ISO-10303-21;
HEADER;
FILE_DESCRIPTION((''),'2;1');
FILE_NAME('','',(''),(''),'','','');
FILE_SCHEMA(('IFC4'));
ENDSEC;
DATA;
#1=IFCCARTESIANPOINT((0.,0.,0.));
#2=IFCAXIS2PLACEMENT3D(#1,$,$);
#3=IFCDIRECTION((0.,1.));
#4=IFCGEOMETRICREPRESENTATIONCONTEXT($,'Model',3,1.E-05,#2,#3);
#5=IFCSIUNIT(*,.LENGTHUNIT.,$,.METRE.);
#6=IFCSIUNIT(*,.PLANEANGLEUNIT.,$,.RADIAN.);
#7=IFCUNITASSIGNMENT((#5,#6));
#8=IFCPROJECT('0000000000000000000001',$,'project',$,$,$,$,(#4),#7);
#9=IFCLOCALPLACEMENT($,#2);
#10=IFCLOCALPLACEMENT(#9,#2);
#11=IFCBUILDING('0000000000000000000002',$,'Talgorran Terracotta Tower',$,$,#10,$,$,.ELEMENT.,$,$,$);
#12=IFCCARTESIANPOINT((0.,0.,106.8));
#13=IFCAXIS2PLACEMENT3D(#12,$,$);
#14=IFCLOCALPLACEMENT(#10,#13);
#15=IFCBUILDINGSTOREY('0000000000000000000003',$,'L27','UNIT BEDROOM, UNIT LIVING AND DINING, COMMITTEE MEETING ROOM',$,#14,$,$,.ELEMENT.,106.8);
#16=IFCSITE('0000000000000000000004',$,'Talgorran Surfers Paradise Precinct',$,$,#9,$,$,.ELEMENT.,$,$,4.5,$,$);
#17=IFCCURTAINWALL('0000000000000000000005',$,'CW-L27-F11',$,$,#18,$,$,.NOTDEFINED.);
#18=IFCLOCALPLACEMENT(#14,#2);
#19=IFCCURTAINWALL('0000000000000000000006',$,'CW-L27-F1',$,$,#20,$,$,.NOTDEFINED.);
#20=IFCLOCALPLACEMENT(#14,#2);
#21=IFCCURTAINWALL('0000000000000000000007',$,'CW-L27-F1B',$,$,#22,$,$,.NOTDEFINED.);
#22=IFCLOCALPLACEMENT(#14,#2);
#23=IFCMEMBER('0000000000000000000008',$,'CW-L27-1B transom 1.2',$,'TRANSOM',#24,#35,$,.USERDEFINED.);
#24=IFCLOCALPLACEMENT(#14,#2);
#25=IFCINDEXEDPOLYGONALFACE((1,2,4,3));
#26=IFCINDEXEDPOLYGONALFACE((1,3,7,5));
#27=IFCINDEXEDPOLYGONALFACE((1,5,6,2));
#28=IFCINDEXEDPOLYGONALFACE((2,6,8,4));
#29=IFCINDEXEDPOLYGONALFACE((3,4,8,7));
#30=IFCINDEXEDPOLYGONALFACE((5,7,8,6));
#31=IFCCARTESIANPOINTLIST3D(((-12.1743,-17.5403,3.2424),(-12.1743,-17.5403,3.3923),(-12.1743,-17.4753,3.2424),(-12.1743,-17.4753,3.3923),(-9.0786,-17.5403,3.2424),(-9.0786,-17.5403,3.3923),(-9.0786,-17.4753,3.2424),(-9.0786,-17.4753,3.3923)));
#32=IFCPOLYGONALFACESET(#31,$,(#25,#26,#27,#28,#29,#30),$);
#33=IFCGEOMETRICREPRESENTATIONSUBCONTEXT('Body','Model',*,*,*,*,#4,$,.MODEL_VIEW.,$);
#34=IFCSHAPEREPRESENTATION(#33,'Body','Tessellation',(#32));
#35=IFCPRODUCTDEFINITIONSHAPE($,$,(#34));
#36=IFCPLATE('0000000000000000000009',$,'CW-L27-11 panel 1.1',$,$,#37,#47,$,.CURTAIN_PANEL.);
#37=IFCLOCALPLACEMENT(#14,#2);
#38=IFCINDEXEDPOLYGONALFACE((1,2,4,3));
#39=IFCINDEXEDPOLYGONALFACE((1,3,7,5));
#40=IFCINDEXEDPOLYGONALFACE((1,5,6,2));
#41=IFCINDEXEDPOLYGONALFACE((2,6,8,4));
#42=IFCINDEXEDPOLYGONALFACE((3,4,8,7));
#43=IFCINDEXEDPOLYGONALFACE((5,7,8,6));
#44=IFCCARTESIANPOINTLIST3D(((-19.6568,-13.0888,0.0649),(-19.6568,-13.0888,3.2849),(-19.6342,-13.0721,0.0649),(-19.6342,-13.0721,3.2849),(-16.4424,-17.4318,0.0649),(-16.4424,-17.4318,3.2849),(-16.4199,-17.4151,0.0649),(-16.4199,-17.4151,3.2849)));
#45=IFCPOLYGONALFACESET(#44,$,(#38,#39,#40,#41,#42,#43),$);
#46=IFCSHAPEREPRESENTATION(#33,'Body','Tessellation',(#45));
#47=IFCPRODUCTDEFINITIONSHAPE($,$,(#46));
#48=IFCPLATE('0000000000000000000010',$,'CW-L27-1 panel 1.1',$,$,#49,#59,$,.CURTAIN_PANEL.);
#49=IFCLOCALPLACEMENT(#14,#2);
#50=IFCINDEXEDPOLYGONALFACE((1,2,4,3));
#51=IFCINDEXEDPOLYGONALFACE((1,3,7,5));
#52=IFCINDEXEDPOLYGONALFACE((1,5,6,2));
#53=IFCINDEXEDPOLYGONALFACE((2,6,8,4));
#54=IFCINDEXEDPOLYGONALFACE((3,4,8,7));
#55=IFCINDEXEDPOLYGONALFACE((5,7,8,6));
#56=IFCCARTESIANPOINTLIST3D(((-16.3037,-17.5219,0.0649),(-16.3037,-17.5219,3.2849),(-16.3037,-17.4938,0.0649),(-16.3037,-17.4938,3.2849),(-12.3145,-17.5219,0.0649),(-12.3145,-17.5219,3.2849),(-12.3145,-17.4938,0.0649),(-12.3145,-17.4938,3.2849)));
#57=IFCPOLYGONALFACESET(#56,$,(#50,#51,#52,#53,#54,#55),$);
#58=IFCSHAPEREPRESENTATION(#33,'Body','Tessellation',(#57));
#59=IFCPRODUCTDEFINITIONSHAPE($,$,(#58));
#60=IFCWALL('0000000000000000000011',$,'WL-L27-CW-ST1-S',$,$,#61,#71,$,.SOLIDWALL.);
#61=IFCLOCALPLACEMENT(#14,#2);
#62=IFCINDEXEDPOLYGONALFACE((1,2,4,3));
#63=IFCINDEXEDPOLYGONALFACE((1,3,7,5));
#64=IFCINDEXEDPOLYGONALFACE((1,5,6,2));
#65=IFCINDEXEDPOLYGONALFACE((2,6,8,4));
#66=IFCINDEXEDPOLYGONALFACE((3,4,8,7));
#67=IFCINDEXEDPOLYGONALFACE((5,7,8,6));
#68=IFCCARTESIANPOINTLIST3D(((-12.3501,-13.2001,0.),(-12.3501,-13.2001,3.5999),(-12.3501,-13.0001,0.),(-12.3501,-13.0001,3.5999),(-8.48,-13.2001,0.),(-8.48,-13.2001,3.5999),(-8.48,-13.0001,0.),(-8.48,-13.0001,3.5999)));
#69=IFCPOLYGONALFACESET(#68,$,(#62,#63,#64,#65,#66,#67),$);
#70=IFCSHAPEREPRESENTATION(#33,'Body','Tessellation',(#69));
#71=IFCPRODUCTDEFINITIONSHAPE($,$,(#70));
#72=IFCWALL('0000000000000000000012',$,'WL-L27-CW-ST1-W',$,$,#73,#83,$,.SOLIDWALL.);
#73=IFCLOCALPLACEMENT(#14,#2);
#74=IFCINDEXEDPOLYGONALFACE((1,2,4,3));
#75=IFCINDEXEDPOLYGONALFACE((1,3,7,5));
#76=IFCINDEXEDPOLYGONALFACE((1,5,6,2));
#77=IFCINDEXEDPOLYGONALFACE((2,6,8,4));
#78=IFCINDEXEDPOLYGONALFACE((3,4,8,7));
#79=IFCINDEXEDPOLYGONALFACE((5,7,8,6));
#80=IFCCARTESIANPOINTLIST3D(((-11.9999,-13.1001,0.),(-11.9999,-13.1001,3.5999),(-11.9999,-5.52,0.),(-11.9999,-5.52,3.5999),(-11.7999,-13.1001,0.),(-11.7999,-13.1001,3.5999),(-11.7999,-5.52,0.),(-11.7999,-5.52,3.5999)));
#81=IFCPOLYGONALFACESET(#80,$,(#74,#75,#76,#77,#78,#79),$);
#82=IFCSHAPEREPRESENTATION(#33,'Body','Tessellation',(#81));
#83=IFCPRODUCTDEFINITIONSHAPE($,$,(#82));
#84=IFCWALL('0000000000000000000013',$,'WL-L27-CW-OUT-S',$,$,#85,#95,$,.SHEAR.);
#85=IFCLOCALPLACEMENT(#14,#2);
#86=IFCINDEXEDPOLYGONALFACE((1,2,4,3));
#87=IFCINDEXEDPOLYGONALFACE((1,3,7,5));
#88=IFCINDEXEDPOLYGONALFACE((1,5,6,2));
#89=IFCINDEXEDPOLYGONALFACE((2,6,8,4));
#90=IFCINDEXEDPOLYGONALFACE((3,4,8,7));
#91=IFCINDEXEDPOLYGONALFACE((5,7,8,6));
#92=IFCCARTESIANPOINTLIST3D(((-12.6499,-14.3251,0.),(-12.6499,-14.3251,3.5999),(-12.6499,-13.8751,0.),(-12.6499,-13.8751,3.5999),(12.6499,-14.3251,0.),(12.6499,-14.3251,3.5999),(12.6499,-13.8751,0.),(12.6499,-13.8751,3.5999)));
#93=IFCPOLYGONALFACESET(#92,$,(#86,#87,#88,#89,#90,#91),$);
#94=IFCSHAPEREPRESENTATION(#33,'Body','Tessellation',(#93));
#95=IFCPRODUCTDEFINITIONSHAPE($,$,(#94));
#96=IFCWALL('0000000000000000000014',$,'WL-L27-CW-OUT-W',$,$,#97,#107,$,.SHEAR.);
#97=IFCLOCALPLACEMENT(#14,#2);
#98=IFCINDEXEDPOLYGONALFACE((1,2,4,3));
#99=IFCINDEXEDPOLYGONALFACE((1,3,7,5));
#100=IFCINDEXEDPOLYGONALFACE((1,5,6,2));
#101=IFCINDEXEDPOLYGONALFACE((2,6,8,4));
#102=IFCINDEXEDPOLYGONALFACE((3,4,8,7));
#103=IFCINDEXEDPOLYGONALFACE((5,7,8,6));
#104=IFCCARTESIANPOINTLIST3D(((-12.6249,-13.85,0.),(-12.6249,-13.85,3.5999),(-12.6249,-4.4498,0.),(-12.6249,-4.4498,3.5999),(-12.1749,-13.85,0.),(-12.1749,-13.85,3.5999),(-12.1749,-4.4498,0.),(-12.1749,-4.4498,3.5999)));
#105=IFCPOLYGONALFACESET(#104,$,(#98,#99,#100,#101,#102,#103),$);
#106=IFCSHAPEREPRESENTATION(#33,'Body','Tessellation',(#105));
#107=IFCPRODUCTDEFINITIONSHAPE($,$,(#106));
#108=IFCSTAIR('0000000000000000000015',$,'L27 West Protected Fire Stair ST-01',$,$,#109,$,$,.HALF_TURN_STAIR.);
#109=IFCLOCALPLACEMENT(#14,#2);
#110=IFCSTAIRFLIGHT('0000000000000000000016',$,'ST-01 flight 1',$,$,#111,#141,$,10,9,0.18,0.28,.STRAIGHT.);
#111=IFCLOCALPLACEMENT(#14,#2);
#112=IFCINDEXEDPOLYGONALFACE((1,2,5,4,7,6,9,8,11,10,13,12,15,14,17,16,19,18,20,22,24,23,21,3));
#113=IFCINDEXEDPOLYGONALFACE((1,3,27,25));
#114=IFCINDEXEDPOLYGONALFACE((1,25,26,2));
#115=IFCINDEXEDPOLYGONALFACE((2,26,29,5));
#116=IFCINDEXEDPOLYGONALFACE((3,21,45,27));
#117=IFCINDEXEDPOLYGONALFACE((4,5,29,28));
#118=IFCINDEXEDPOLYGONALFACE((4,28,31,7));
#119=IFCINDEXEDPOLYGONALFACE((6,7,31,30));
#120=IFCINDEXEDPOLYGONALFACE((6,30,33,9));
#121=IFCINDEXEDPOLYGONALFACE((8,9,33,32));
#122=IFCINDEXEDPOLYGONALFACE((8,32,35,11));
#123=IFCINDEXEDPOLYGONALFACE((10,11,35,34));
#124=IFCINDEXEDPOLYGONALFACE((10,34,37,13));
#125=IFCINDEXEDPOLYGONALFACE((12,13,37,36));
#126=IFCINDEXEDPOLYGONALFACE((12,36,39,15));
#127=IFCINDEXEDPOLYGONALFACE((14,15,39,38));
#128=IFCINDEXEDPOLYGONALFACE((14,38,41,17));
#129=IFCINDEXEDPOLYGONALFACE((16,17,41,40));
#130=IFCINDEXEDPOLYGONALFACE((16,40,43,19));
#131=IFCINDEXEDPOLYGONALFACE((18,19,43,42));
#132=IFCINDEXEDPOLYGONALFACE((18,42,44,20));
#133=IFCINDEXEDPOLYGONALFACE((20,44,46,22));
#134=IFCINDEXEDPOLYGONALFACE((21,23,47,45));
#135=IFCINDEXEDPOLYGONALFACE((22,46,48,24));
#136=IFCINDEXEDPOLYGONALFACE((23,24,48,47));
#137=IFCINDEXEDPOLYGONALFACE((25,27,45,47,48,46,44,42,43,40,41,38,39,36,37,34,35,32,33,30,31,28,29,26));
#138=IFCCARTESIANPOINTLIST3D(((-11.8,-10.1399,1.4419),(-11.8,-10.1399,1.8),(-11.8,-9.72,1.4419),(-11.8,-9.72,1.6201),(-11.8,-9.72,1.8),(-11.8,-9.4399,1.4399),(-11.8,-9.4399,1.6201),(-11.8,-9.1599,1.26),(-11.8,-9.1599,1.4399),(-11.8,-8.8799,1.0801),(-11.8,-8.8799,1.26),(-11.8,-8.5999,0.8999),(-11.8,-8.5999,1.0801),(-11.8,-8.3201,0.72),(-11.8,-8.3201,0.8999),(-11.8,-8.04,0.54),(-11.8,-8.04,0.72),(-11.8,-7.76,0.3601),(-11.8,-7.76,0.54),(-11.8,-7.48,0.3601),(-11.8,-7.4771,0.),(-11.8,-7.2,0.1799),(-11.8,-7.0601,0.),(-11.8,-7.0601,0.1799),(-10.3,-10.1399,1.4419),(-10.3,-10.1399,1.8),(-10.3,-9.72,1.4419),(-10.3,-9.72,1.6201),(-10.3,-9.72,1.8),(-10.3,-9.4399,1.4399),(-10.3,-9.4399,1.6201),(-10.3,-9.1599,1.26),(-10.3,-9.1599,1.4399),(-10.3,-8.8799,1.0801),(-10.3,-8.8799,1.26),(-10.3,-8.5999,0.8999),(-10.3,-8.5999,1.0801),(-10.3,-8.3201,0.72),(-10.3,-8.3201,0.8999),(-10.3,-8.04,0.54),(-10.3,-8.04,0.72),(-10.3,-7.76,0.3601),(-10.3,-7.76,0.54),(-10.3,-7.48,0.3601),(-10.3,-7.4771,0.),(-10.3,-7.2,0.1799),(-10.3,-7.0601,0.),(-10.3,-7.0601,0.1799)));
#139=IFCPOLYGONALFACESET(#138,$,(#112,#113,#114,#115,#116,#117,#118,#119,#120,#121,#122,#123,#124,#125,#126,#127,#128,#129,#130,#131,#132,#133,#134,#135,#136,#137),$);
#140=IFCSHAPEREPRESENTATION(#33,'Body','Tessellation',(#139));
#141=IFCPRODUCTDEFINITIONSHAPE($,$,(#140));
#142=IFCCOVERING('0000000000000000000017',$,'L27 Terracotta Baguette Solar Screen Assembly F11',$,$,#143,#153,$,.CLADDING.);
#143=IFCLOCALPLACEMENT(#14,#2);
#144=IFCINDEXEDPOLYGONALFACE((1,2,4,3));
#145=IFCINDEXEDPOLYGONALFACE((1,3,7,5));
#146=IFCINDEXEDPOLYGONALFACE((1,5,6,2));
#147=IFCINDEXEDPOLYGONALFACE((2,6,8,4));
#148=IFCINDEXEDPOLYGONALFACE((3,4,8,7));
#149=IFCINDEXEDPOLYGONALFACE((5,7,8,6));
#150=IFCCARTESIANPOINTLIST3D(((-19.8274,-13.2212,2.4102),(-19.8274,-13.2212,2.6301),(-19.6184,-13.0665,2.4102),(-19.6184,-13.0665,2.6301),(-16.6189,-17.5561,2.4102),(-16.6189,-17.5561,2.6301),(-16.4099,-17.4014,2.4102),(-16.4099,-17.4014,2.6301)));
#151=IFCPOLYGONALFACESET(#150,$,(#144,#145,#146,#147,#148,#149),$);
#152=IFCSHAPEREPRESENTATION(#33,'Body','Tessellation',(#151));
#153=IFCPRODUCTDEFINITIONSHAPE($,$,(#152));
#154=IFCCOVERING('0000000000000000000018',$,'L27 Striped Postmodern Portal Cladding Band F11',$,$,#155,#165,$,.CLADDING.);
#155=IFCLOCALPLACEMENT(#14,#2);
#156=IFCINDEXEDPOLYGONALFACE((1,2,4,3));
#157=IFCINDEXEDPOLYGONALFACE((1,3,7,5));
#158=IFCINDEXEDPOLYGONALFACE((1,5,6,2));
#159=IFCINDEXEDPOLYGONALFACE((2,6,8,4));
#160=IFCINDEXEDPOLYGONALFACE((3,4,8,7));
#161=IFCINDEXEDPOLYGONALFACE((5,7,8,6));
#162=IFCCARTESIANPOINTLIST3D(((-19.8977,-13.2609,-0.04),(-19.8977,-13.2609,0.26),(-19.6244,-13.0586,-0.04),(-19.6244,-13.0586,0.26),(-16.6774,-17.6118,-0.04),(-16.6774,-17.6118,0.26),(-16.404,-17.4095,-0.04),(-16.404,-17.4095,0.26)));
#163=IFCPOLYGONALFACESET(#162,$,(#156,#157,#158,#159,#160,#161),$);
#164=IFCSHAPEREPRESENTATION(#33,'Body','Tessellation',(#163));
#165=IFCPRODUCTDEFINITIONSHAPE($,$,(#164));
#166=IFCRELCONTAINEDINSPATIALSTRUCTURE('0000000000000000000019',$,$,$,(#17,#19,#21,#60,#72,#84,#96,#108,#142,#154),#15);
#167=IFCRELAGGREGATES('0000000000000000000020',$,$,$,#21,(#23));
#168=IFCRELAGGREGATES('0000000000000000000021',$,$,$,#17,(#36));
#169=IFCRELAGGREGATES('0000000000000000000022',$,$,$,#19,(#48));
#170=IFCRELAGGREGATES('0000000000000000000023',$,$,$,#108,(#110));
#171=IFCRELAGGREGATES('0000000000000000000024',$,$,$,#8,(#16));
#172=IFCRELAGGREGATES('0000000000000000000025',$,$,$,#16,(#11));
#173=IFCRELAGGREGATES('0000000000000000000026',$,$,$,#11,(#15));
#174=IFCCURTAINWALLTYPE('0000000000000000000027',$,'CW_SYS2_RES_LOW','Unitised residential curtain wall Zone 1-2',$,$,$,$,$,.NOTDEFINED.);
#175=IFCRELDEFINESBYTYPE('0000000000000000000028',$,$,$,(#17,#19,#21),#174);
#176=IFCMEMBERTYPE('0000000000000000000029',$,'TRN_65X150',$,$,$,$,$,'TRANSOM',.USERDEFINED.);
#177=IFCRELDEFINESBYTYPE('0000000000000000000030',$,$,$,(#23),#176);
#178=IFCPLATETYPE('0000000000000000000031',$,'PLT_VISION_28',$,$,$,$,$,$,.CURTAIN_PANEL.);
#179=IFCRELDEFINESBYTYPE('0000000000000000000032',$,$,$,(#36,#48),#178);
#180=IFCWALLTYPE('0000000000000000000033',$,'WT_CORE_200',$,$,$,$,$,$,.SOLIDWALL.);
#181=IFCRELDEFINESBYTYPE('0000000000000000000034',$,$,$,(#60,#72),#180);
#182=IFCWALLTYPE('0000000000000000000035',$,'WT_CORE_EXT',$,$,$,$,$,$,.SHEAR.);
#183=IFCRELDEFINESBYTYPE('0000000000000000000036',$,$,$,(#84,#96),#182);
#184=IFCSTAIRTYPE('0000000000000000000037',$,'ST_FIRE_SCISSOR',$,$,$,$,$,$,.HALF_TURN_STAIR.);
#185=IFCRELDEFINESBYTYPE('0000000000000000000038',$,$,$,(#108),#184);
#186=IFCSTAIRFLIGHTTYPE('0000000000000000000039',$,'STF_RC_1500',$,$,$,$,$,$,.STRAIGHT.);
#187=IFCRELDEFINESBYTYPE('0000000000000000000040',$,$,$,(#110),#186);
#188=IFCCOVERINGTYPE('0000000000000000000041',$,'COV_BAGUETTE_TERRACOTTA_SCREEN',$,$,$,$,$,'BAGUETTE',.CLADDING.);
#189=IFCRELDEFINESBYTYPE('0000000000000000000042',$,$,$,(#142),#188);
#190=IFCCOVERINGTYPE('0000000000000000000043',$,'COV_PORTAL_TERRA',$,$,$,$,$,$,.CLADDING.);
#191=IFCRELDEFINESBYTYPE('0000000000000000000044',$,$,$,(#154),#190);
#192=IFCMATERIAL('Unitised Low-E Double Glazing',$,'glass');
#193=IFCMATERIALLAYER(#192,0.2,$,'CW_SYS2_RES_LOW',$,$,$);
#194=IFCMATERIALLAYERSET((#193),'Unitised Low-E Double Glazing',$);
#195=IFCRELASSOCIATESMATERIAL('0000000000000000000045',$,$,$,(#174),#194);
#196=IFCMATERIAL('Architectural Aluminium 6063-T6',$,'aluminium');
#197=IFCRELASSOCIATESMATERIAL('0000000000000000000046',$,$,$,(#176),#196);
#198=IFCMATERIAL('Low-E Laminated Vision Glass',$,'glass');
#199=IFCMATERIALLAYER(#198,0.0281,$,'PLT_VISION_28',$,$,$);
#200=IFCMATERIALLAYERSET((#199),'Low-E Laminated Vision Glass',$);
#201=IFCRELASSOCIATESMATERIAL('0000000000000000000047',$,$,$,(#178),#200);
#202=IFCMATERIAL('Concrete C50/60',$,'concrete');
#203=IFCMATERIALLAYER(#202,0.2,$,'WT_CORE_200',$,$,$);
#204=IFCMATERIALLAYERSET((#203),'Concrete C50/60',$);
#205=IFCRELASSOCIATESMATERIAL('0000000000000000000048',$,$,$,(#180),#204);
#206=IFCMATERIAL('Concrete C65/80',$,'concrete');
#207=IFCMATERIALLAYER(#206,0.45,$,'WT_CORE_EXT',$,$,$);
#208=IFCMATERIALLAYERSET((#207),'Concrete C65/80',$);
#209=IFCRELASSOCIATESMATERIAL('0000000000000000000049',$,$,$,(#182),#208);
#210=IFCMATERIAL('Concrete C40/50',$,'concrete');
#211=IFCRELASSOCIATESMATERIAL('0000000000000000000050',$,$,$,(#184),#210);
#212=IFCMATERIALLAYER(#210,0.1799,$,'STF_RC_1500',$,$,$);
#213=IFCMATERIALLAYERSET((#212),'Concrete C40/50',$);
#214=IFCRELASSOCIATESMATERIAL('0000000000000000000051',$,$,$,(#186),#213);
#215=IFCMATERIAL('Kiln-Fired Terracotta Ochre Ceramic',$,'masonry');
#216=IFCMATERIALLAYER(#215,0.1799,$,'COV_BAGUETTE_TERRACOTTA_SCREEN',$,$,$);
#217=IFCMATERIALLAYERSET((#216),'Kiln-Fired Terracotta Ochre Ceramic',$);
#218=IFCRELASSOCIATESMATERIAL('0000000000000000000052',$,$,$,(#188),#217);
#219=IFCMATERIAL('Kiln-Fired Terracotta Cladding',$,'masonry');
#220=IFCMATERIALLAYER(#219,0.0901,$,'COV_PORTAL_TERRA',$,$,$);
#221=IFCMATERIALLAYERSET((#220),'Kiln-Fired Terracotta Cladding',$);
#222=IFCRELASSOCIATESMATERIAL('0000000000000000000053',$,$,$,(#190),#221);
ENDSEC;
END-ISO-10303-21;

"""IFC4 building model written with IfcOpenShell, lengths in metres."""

from ifc_helpers import new_model, si_unit, direction, frame, frame_2d, origin, origin_2d, place, context, subcontext, project, spatial, polyline, rectangle, outline, extrude, source, transform, mapped, material, layer, layer_set, material_profile, profile_set, type_object, type_shapes, element, aggregate, save


model = new_model("IFC4")

# Units and contexts
model_context = context("Model", 3, precision=1e-05, world=origin(), true_north=direction((0.0, 1.0)))
body_context = subcontext(model_context, "Body", "Model", "MODEL_VIEW")
ifc_project = project(units=[si_unit("LENGTHUNIT", "METRE"), si_unit("PLANEANGLEUNIT", "RADIAN")], contexts=[model_context])

# Site, building, storey
site_placement = place(None, origin())
site = spatial("IfcSite", under=ifc_project, at=site_placement, Name="Talgorran Surfers Paradise Precinct", CompositionType="ELEMENT", RefElevation=4.5)
building_placement = place(site_placement, origin())
building = spatial("IfcBuilding", under=site, at=building_placement, Name="Talgorran Terracotta Tower", CompositionType="ELEMENT")
storey_placement = place(building_placement, frame((0.0, 0.0, 106.8)))
storey = spatial("IfcBuildingStorey", under=building, at=storey_placement, Name="L27", Description="UNIT BEDROOM, UNIT LIVING AND DINING, COMMITTEE MEETING ROOM", CompositionType="ELEMENT", Elevation=106.8)

# Curtain wall
ifc_material_1 = material(Name="Unitised Low-E Double Glazing", Category="glass")
ifc_layer_1 = layer(ifc_material_1, 0.2, Name="CW_SYS2_RES_LOW")
ifc_layer_set_1 = layer_set([ifc_layer_1], Name="Unitised Low-E Double Glazing")
curtain_wall_type = type_object("IfcCurtainWallType", Name="CW_SYS2_RES_LOW", Description="Unitised residential curtain wall Zone 1-2", PredefinedType="NOTDEFINED", material=ifc_layer_set_1)
curtain_wall_1_placement = place(storey_placement, origin())
curtain_wall_1 = element("IfcCurtainWall", 1, at=curtain_wall_1_placement, inside=storey, type_object=curtain_wall_type, Name="CW-L27-F11", PredefinedType="NOTDEFINED")
ifc_material_2 = material(Name="Architectural Aluminium 6063-T6", Category="aluminium")

# Curtain wall
curtain_wall_2_placement = place(storey_placement, origin())
curtain_wall_2 = element("IfcCurtainWall", 2, at=curtain_wall_2_placement, inside=storey, type_object=curtain_wall_type, Name="CW-L27-F1", PredefinedType="NOTDEFINED")

# Curtain wall
curtain_wall_3_placement = place(storey_placement, origin())
curtain_wall_3 = element("IfcCurtainWall", 3, at=curtain_wall_3_placement, inside=storey, type_object=curtain_wall_type, Name="CW-L27-F1B", PredefinedType="NOTDEFINED")

# Member
ifc_material_profile_1 = material_profile(ifc_material_2, rectangle(XDim=0.0649, YDim=0.1499, at=origin_2d()), Name="CWT65X150")
ifc_profile_set_1 = profile_set([ifc_material_profile_1], Name="Architectural Aluminium 6063-T6")
member_type_1 = type_object("IfcMemberType", Name="TRN_65X150", ElementType="TRANSOM", PredefinedType="USERDEFINED", material=ifc_profile_set_1)
member_1_placement = place(storey_placement, frame((-12.1743, -17.5078, 3.3174), z_axis=(1.0, 0.0, 0.0), x_axis=(0.0, 1.0, 0.0)))
member_1 = element("IfcMember", 4, at=member_1_placement, type_object=member_type_1, Name="CW-L27-1B transom 1.2", ObjectType="TRANSOM", PredefinedType="USERDEFINED", context=body_context, shape_type="SweptSolid", body=[
    extrude(rectangle(XDim=0.0649, YDim=0.1499, at=origin_2d()), origin(), (0.0, 0.0, 1.0), 3.0957),
])
aggregate(curtain_wall_3, [member_1])

# Plates
ifc_material_3 = material(Name="Low-E Laminated Vision Glass", Category="glass")
ifc_layer_2 = layer(ifc_material_3, 0.0281, Name="PLT_VISION_28")
ifc_layer_set_2 = layer_set([ifc_layer_2], Name="Low-E Laminated Vision Glass")
plate_type = type_object("IfcPlateType", Name="PLT_VISION_28", PredefinedType="CURTAIN_PANEL", material=ifc_layer_set_2)
shared_shape_1 = source(origin(), body_context, "Body", "SweptSolid", [
    extrude(rectangle(XDim=5.4031, YDim=0.0281, at=origin_2d()), origin(), (0.0, 0.0, 1.0), 3.22),
])
plate_1_placement = place(storey_placement, frame((-18.0383, -15.252, 0.0649), z_axis=(0.0, 0.0, 1.0), x_axis=(0.594916, -0.803788, 0.0)))
plate_1 = element("IfcPlate", 5, at=plate_1_placement, type_object=plate_type, Name="CW-L27-11 panel 1.1", PredefinedType="CURTAIN_PANEL", context=body_context, shape_type="MappedRepresentation", body=[
    mapped(shared_shape_1, transform((0.0, 0.0, 0.0), scale=1.0)),
])
aggregate(curtain_wall_1, [plate_1])
shared_shape_2 = source(origin(), body_context, "Body", "SweptSolid", [
    extrude(rectangle(XDim=3.9893, YDim=0.0281, at=origin_2d()), origin(), (0.0, 0.0, 1.0), 3.22),
])
type_shapes(plate_type, [shared_shape_1, shared_shape_2])
plate_2_placement = place(storey_placement, frame((-14.3091, -17.5078, 0.0649), z_axis=(0.0, 0.0, 1.0), x_axis=(1.0, 0.0, 0.0)))
plate_2 = element("IfcPlate", 6, at=plate_2_placement, type_object=plate_type, Name="CW-L27-1 panel 1.1", PredefinedType="CURTAIN_PANEL", context=body_context, shape_type="MappedRepresentation", body=[
    mapped(shared_shape_2, transform((0.0, 0.0, 0.0), scale=1.0)),
])
aggregate(curtain_wall_2, [plate_2])

# Walls
ifc_material_4 = material(Name="Concrete C50/60", Category="concrete")
ifc_layer_3 = layer(ifc_material_4, 0.2, Name="WT_CORE_200")
ifc_layer_set_3 = layer_set([ifc_layer_3], Name="Concrete C50/60")
wall_type_1 = type_object("IfcWallType", Name="WT_CORE_200", PredefinedType="SOLIDWALL", material=ifc_layer_set_3)
wall_1_placement = place(storey_placement, frame((-12.3501, -13.1001, 0.0), z_axis=(0.0, 0.0, 1.0), x_axis=(1.0, 0.0, 0.0)))
element("IfcWall", 7, at=wall_1_placement, inside=storey, type_object=wall_type_1, Name="WL-L27-CW-ST1-S", PredefinedType="SOLIDWALL", context=body_context, shape_type="SweptSolid", body=[
    extrude(rectangle(XDim=3.8701, YDim=0.2, at=frame_2d((1.9351, 0.0))), origin(), (0.0, 0.0, 1.0), 3.5999),
])
wall_2_placement = place(storey_placement, frame((-11.8999, -13.1001, 0.0), z_axis=(0.0, 0.0, 1.0), x_axis=(0.0, 1.0, 0.0)))
element("IfcWall", 8, at=wall_2_placement, inside=storey, type_object=wall_type_1, Name="WL-L27-CW-ST1-W", PredefinedType="SOLIDWALL", context=body_context, shape_type="SweptSolid", body=[
    extrude(rectangle(XDim=7.5801, YDim=0.2, at=frame_2d((3.79, 0.0))), origin(), (0.0, 0.0, 1.0), 3.5999),
])
ifc_material_5 = material(Name="Concrete C65/80", Category="concrete")
ifc_layer_4 = layer(ifc_material_5, 0.45, Name="WT_CORE_EXT")
ifc_layer_set_4 = layer_set([ifc_layer_4], Name="Concrete C65/80")
wall_type_2 = type_object("IfcWallType", Name="WT_CORE_EXT", PredefinedType="SHEAR", material=ifc_layer_set_4)
wall_3_placement = place(storey_placement, frame((-12.6499, -14.1001, 0.0), z_axis=(0.0, 0.0, 1.0), x_axis=(1.0, 0.0, 0.0)))
element("IfcWall", 9, at=wall_3_placement, inside=storey, type_object=wall_type_2, Name="WL-L27-CW-OUT-S", PredefinedType="SHEAR", context=body_context, shape_type="SweptSolid", body=[
    extrude(rectangle(XDim=25.2998, YDim=0.45, at=frame_2d((12.6499, 0.0))), origin(), (0.0, 0.0, 1.0), 3.5999),
])
wall_4_placement = place(storey_placement, frame((-12.3999, -13.8501, 0.0), z_axis=(0.0, 0.0, 1.0), x_axis=(0.0, 1.0, 0.0)))
element("IfcWall", 10, at=wall_4_placement, inside=storey, type_object=wall_type_2, Name="WL-L27-CW-OUT-W", PredefinedType="SHEAR", context=body_context, shape_type="SweptSolid", body=[
    extrude(rectangle(XDim=9.4001, YDim=0.45, at=frame_2d((4.7002, 0.0))), origin(), (0.0, 0.0, 1.0), 3.5999),
])

# Stair, stair flight
ifc_material_6 = material(Name="Concrete C40/50", Category="concrete")
stair_type = type_object("IfcStairType", Name="ST_FIRE_SCISSOR", PredefinedType="HALF_TURN_STAIR", material=ifc_material_6)
stair_placement = place(storey_placement, origin())
stair = element("IfcStair", 11, at=stair_placement, inside=storey, type_object=stair_type, Name="L27 West Protected Fire Stair ST-01", PredefinedType="HALF_TURN_STAIR")
ifc_layer_5 = layer(ifc_material_6, 0.1799, Name="STF_RC_1500")
ifc_layer_set_5 = layer_set([ifc_layer_5], Name="Concrete C40/50")
stair_flight_type = type_object("IfcStairFlightType", Name="STF_RC_1500", PredefinedType="STRAIGHT", material=ifc_layer_set_5)
stair_flight_placement = place(storey_placement, frame((-11.05, -7.2, 0.0), z_axis=(0.0, 0.0, 1.0), x_axis=(0.0, -1.0, 0.0)))
stair_flight = element("IfcStairFlight", 12, at=stair_flight_placement, type_object=stair_flight_type, Name="ST-01 flight 1", NumberOfRisers=10, NumberOfTreads=9, PredefinedType="STRAIGHT", RiserHeight=0.18, TreadLength=0.28, context=body_context, shape_type="SweptSolid", body=[
    extrude(outline(polyline([(-0.1399, 0.0), (-0.1399, 0.1799), (0.0, 0.1799), (0.28, 0.3601), (0.5601, 0.3601), (0.5601, 0.54), (0.8401, 0.54), (0.8401, 0.72), (1.1201, 0.72), (1.1201, 0.8999), (1.3999, 0.8999), (1.3999, 1.0801), (1.6799, 1.0801), (1.6799, 1.26), (1.96, 1.26), (1.96, 1.4399), (2.24, 1.4399), (2.24, 1.6201), (2.52, 1.6201), (2.52, 1.8), (2.9399, 1.8), (2.9399, 1.4419), (2.52, 1.4419), (0.2771, 0.0), (-0.1399, 0.0)])), frame((0.0, 0.75, 0.0), z_axis=(0.0, -1.0, 0.0), x_axis=(1.0, 0.0, 0.0)), (0.0, 0.0, 1.0), 1.5),
])
aggregate(stair, [stair_flight])

# Coverings
ifc_material_7 = material(Name="Kiln-Fired Terracotta Ochre Ceramic", Category="masonry")
ifc_layer_6 = layer(ifc_material_7, 0.1799, Name="COV_BAGUETTE_TERRACOTTA_SCREEN")
ifc_layer_set_6 = layer_set([ifc_layer_6], Name="Kiln-Fired Terracotta Ochre Ceramic")
covering_type_1 = type_object("IfcCoveringType", Name="COV_BAGUETTE_TERRACOTTA_SCREEN", ElementType="BAGUETTE", PredefinedType="CLADDING", material=ifc_layer_set_6)
covering_1_placement = place(storey_placement, frame((-18.1187, -15.3113, 2.4102), z_axis=(0.0, 0.0, 1.0), x_axis=(0.594921, -0.803784, 0.0)))
element("IfcCovering", 13, at=covering_1_placement, inside=storey, type_object=covering_type_1, Name="L27 Terracotta Baguette Solar Screen Assembly F11", PredefinedType="CLADDING", context=body_context, shape_type="SweptSolid", body=[
    extrude(rectangle(XDim=5.3931, YDim=0.26, at=origin_2d()), origin(), (0.0, 0.0, 1.0), 0.22),
])
ifc_material_8 = material(Name="Kiln-Fired Terracotta Cladding", Category="masonry")
ifc_layer_7 = layer(ifc_material_8, 0.0901, Name="COV_PORTAL_TERRA")
ifc_layer_set_7 = layer_set([ifc_layer_7], Name="Kiln-Fired Terracotta Cladding")
covering_type_2 = type_object("IfcCoveringType", Name="COV_PORTAL_TERRA", PredefinedType="CLADDING", material=ifc_layer_set_7)
covering_2_placement = place(storey_placement, frame((-18.1509, -15.3352, -0.04), z_axis=(0.0, 0.0, 1.0), x_axis=(0.594921, -0.803784, 0.0)))
element("IfcCovering", 14, at=covering_2_placement, inside=storey, type_object=covering_type_2, Name="L27 Striped Postmodern Portal Cladding Band F11", PredefinedType="CLADDING", context=body_context, shape_type="SweptSolid", body=[
    extrude(rectangle(XDim=5.4131, YDim=0.3401, at=origin_2d()), origin(), (0.0, 0.0, 1.0), 0.3),
])

save(model, "model.ifc")
